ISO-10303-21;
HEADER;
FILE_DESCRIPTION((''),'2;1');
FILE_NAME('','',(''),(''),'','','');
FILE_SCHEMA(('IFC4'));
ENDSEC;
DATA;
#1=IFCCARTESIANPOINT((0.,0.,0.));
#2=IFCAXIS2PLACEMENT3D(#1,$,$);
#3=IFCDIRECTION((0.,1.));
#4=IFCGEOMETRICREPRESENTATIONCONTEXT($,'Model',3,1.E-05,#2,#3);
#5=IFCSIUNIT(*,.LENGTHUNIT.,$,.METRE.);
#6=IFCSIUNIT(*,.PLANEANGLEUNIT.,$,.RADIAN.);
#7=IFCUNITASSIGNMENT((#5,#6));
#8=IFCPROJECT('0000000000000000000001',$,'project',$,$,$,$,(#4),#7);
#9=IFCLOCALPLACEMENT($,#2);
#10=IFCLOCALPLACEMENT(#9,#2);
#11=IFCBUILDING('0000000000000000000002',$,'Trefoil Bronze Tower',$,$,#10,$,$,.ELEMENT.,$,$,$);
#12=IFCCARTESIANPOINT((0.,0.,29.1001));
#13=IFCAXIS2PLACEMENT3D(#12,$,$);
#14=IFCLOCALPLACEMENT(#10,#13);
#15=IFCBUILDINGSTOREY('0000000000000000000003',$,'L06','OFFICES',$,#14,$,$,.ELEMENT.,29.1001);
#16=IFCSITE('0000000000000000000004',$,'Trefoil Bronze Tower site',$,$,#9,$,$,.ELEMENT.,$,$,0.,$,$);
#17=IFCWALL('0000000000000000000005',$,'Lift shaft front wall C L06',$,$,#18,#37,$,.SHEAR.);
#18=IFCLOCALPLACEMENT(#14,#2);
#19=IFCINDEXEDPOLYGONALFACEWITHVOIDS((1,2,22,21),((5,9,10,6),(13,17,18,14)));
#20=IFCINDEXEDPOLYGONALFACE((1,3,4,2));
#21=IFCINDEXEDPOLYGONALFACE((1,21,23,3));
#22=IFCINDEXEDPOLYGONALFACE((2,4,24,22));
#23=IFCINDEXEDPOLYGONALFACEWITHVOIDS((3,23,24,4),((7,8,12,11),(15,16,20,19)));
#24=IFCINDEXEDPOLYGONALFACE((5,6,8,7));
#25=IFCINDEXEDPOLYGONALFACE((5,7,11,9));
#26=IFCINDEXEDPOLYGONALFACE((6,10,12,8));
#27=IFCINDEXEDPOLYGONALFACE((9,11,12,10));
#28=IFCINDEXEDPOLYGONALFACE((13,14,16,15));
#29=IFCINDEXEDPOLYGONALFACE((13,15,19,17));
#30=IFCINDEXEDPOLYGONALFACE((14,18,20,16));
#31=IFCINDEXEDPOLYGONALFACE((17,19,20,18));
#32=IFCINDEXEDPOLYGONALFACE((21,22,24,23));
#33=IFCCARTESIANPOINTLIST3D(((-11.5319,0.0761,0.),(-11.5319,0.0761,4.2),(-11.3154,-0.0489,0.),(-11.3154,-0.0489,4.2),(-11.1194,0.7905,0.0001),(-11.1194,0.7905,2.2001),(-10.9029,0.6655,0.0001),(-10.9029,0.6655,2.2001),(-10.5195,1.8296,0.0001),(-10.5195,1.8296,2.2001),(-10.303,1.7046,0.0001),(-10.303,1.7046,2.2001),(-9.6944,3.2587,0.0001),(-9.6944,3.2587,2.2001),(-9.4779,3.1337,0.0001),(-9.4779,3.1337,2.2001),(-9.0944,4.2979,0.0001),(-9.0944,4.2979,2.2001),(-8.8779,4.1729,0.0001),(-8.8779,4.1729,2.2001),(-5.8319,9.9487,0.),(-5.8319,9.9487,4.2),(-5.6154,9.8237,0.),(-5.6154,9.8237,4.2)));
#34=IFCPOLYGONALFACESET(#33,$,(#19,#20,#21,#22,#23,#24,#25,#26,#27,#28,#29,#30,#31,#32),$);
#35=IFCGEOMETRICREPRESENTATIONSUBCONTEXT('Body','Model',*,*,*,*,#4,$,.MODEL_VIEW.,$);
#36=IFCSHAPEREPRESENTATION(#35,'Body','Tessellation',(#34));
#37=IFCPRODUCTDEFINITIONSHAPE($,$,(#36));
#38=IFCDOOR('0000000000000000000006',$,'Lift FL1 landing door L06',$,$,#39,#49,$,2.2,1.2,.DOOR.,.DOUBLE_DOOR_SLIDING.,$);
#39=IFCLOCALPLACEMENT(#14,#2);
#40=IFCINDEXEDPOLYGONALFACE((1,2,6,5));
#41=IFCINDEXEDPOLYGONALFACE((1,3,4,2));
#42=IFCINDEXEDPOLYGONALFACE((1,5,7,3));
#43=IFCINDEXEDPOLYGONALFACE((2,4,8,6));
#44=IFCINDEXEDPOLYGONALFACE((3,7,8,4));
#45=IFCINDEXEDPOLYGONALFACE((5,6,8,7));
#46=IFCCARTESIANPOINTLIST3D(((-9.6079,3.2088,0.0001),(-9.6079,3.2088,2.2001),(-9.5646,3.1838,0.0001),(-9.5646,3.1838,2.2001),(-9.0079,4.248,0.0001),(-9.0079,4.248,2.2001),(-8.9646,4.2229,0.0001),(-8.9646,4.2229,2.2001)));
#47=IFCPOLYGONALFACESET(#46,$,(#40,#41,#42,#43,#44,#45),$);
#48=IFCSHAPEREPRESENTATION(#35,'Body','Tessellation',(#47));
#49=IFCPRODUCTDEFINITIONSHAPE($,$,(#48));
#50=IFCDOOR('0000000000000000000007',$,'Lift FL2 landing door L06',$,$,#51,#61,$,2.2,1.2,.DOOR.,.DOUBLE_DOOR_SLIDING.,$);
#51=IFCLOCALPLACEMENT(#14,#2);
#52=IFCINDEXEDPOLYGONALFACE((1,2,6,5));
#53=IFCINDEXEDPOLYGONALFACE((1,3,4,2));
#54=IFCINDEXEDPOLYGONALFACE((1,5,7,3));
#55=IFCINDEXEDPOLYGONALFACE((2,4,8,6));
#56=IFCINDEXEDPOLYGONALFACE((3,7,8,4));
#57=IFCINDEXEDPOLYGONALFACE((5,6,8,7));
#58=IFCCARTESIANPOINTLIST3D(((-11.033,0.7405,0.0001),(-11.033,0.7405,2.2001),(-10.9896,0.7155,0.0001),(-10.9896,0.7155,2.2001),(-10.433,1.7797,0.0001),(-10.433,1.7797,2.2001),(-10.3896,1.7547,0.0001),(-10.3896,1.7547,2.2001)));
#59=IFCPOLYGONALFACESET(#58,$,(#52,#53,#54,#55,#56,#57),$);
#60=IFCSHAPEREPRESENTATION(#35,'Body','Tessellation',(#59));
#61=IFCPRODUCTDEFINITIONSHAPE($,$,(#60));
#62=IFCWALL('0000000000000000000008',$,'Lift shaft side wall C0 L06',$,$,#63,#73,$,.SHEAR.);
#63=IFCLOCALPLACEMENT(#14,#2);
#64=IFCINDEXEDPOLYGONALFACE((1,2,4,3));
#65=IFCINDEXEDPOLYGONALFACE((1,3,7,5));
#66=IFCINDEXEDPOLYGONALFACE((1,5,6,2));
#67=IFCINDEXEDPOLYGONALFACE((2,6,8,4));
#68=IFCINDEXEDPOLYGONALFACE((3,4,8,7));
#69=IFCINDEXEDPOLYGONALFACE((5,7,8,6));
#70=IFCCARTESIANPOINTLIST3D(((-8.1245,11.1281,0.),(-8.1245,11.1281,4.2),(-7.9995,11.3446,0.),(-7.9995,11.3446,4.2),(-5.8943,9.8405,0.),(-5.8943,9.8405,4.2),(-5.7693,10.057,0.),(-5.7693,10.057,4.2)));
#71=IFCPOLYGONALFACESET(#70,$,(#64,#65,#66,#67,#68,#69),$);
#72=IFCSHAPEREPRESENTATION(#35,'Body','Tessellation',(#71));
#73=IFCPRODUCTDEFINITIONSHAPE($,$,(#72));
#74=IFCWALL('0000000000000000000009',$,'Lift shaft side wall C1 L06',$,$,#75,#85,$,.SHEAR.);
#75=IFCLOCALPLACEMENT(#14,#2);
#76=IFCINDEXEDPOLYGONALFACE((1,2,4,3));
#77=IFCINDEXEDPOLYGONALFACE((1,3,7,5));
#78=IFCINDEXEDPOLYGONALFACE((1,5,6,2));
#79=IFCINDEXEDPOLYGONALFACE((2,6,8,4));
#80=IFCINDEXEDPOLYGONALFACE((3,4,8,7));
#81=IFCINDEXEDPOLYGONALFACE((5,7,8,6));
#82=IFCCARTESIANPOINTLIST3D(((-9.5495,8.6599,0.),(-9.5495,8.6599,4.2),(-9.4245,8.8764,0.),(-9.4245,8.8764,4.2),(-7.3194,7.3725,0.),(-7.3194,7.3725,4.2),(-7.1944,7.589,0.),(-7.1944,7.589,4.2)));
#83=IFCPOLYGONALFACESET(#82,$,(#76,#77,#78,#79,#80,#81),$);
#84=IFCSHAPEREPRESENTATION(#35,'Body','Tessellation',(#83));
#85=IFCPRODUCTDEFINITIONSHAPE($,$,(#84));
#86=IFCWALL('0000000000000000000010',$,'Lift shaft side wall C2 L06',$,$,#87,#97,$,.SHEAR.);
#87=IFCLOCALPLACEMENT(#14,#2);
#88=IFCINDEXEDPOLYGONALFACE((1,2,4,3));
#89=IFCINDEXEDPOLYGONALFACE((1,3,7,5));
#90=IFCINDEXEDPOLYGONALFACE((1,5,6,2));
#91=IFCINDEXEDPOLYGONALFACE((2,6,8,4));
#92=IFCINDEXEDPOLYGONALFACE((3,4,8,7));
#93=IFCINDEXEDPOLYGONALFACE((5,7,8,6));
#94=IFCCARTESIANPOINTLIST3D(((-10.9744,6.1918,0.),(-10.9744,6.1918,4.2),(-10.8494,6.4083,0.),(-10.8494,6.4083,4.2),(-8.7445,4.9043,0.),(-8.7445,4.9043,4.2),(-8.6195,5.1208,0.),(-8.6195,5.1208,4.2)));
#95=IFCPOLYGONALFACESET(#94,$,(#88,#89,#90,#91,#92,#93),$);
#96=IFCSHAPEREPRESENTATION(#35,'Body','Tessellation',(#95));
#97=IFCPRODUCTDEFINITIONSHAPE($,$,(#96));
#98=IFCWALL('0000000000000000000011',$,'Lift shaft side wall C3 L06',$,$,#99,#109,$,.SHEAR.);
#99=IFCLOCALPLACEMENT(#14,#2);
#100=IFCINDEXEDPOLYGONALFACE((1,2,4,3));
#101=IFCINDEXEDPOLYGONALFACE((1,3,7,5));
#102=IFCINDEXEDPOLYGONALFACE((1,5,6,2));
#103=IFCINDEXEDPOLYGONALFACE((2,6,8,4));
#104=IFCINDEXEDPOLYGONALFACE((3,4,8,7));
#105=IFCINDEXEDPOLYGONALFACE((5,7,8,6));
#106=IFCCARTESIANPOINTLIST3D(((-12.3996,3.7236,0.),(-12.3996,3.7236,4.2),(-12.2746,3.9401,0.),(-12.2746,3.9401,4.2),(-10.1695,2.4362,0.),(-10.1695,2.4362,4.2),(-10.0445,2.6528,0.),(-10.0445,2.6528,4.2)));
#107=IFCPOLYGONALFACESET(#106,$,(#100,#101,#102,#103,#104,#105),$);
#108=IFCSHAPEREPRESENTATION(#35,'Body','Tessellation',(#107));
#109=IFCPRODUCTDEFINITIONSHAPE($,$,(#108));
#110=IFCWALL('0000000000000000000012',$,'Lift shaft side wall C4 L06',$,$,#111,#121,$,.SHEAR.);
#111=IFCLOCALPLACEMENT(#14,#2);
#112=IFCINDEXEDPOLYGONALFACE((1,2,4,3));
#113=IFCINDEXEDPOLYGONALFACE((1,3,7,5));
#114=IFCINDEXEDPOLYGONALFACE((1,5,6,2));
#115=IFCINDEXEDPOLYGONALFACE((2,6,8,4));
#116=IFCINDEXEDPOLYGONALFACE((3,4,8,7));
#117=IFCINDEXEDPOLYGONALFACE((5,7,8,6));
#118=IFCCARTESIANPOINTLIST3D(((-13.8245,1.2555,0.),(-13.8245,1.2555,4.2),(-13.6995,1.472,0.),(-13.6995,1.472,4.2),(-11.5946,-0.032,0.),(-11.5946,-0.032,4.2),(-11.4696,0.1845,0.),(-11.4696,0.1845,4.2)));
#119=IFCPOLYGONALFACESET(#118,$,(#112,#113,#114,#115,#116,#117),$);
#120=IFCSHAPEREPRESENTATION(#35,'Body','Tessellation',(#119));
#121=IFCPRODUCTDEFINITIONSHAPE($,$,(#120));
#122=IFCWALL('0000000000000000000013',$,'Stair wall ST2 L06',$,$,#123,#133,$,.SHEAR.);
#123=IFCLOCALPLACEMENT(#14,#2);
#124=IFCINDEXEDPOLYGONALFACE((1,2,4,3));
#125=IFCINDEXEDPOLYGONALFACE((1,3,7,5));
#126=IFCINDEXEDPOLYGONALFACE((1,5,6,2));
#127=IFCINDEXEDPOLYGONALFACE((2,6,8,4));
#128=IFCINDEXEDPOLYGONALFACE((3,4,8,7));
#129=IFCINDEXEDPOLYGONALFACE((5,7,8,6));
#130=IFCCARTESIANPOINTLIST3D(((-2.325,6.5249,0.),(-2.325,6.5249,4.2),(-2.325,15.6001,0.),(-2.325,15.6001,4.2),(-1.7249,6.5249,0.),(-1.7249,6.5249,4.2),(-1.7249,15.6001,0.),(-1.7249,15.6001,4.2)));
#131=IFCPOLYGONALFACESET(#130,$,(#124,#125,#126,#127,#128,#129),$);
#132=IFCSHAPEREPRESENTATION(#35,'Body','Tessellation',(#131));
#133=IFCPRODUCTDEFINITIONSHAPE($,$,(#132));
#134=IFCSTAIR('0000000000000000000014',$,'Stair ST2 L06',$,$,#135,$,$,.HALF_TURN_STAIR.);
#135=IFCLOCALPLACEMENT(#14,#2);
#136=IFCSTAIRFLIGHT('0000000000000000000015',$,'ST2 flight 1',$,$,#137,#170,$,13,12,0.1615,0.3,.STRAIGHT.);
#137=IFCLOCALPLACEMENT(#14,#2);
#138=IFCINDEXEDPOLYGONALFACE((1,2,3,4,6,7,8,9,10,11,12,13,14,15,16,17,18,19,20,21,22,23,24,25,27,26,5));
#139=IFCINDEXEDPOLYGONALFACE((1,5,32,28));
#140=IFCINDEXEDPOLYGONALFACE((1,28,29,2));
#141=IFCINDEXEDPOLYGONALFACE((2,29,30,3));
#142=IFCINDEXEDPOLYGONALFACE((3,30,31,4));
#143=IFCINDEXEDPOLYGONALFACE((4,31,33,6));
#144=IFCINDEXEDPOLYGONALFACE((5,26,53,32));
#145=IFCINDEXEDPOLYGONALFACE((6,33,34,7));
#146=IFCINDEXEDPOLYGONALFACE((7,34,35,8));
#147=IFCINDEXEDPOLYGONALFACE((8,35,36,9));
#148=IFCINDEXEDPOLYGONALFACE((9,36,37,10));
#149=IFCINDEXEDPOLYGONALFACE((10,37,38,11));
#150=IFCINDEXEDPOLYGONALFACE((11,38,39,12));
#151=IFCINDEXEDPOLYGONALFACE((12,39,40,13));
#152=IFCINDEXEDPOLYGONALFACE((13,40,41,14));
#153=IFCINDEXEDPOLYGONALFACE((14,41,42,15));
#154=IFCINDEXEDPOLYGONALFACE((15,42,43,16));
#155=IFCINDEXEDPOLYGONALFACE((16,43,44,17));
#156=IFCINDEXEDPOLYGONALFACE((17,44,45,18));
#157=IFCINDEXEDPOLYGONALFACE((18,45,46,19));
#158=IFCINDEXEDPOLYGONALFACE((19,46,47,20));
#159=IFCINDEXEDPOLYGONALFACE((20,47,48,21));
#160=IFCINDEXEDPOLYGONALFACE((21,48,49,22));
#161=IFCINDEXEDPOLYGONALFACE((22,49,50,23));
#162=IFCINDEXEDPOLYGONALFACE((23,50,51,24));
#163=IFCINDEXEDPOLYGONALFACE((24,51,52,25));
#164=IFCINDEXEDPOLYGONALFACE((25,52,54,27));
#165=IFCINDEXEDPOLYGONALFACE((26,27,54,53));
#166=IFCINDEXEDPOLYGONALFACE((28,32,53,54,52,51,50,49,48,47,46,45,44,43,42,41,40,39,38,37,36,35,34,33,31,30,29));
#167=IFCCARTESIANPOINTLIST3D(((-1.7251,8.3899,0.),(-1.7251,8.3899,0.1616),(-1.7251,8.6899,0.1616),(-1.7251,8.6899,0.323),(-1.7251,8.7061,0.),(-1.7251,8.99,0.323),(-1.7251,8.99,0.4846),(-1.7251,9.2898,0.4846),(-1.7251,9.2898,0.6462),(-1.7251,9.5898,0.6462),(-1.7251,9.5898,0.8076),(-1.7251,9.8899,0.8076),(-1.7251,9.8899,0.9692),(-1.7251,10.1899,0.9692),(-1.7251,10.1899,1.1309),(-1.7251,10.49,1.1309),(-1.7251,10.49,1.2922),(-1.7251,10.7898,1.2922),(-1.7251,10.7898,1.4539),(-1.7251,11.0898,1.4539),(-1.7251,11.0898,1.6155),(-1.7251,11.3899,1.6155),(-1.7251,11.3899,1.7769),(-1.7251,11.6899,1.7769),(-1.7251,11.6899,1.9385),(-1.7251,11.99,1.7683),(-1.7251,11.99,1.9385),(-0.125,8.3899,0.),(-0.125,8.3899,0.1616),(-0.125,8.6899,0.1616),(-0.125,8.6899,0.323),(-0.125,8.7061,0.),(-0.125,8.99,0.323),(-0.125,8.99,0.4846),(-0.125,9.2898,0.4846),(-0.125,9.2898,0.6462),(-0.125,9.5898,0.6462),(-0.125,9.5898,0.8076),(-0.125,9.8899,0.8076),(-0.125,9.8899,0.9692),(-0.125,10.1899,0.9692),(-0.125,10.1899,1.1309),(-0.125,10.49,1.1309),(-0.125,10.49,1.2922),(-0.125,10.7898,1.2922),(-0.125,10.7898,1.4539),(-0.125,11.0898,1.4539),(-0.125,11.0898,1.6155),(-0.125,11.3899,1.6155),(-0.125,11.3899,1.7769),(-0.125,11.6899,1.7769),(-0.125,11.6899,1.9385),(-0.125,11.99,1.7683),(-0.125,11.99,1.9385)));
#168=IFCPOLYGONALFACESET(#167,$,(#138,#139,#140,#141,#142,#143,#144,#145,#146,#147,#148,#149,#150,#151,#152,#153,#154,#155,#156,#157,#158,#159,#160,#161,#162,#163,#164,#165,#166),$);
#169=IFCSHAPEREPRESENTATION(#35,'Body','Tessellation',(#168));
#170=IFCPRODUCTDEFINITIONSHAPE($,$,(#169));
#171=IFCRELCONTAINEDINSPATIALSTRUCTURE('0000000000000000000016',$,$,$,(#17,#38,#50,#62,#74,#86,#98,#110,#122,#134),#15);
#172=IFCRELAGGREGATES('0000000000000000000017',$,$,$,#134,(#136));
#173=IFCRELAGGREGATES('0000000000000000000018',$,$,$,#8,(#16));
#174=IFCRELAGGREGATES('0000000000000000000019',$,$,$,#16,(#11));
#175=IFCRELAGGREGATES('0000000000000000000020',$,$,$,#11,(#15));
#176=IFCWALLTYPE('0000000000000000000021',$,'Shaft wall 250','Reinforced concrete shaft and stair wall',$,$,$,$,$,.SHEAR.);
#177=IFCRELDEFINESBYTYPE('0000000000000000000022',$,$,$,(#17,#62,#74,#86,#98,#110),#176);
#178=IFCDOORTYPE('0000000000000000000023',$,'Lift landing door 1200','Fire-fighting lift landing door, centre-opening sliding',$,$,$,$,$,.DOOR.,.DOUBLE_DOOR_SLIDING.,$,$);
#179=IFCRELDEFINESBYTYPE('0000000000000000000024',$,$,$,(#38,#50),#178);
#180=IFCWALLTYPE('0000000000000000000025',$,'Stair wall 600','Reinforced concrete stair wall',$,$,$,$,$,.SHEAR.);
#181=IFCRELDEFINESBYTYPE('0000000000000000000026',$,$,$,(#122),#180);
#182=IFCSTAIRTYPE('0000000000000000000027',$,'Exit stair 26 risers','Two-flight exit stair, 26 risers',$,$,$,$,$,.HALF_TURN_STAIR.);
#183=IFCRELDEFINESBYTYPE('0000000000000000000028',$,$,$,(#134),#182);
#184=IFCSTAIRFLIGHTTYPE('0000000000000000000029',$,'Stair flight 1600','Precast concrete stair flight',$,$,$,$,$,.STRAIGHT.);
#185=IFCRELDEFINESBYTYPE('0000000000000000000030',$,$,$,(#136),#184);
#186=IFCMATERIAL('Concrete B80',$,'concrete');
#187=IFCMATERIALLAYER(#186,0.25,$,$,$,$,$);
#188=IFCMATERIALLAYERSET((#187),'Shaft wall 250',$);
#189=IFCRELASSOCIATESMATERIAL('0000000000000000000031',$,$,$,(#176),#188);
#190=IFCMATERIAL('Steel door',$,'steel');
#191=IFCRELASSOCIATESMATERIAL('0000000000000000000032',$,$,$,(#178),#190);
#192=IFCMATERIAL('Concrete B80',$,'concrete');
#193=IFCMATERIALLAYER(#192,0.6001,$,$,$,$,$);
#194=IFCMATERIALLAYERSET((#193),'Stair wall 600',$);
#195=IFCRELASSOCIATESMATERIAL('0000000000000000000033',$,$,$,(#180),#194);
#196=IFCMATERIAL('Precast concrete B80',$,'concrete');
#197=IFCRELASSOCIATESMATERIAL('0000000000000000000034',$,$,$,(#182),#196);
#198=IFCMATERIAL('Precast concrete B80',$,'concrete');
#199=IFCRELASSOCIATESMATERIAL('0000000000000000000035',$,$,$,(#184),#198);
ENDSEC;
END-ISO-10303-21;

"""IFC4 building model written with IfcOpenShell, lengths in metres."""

from ifc_helpers import new_model, si_unit, direction, frame, frame_2d, origin, place, context, subcontext, project, spatial, polyline, rectangle, outline, extrude, material, layer, layer_set, type_object, element, fill, aggregate, save


model = new_model("IFC4")

# Units and contexts
model_context = context("Model", 3, precision=1e-05, world=origin(), true_north=direction((0.0, 1.0)))
body_context = subcontext(model_context, "Body", "Model", "MODEL_VIEW")
ifc_project = project(units=[si_unit("LENGTHUNIT", "METRE"), si_unit("PLANEANGLEUNIT", "RADIAN")], contexts=[model_context])

# Site, building, storey
site_placement = place(None, origin())
site = spatial("IfcSite", under=ifc_project, at=site_placement, Name="Trefoil Bronze Tower site", CompositionType="ELEMENT", RefElevation=0.0)
building_placement = place(site_placement, origin())
building = spatial("IfcBuilding", under=site, at=building_placement, Name="Trefoil Bronze Tower", CompositionType="ELEMENT")
storey_placement = place(building_placement, frame((0.0, 0.0, 29.1001)))
storey = spatial("IfcBuildingStorey", under=building, at=storey_placement, Name="L06", Description="OFFICES", CompositionType="ELEMENT", Elevation=29.1001)

# Wall, openings, doors
ifc_material_1 = material(Name="Concrete B80", Category="concrete")
ifc_layer_1 = layer(ifc_material_1, 0.25)
ifc_layer_set_1 = layer_set([ifc_layer_1], Name="Shaft wall 250")
wall_type_1 = type_object("IfcWallType", Name="Shaft wall 250", Description="Reinforced concrete shaft and stair wall", PredefinedType="SHEAR", material=ifc_layer_set_1)
wall_1_placement = place(storey_placement, frame((-5.7236, 9.8862, 0.0), z_axis=(0.0, 0.0, 1.0), x_axis=(-0.500002, -0.866024, 0.0)))
wall_1 = element("IfcWall", 1, at=wall_1_placement, inside=storey, type_object=wall_type_1, Name="Lift shaft front wall C L06", PredefinedType="SHEAR", context=body_context, shape_type="SweptSolid", body=[
    extrude(rectangle(XDim=11.3999, YDim=0.25, at=frame_2d((5.7, 0.0))), origin(), (0.0, 0.0, 1.0), 4.2),
])
opening_1_placement = place(wall_1_placement, frame((6.5249, 0.0, 0.0)))
opening_1 = element("IfcOpeningElement", 2, at=opening_1_placement, cuts=wall_1, PredefinedType="OPENING", context=body_context, shape_type="SweptSolid", body=[
    extrude(rectangle(XDim=1.2, YDim=2.2, at=frame_2d((0.6001, 1.1001))), frame((0.0, 0.135, 0.0), z_axis=(0.0, -1.0, 0.0), x_axis=(1.0, 0.0, 0.0)), (0.0, 0.0, 1.0), 0.27),
])
opening_2_placement = place(wall_1_placement, frame((9.375, 0.0, 0.0)))
opening_2 = element("IfcOpeningElement", 3, at=opening_2_placement, cuts=wall_1, PredefinedType="OPENING", context=body_context, shape_type="SweptSolid", body=[
    extrude(rectangle(XDim=1.2, YDim=2.2, at=frame_2d((0.6001, 1.1001))), frame((0.0, 0.135, 0.0), z_axis=(0.0, -1.0, 0.0), x_axis=(1.0, 0.0, 0.0)), (0.0, 0.0, 1.0), 0.27),
])
ifc_material_2 = material(Name="Steel door", Category="steel")
door_type_1 = type_object("IfcDoorType", Name="Lift landing door 1200", Description="Fire-fighting lift landing door, centre-opening sliding", OperationType="DOUBLE_DOOR_SLIDING", PredefinedType="DOOR", material=ifc_material_2)
door_1_placement = place(opening_1_placement, origin())
door_1 = element("IfcDoor", 4, at=door_1_placement, inside=storey, type_object=door_type_1, Name="Lift FL1 landing door L06", OperationType="DOUBLE_DOOR_SLIDING", OverallHeight=2.2, OverallWidth=1.2, PredefinedType="DOOR", context=body_context, shape_type="SweptSolid", body=[
    extrude(rectangle(XDim=1.2, YDim=2.2, at=frame_2d((0.6001, 1.1001))), frame((0.0, 0.0249, 0.0), z_axis=(0.0, -1.0, 0.0), x_axis=(1.0, 0.0, 0.0)), (0.0, 0.0, 1.0), 0.05),
])
fill(opening_1, door_1)
door_2_placement = place(opening_2_placement, origin())
door_2 = element("IfcDoor", 5, at=door_2_placement, inside=storey, type_object=door_type_1, Name="Lift FL2 landing door L06", OperationType="DOUBLE_DOOR_SLIDING", OverallHeight=2.2, OverallWidth=1.2, PredefinedType="DOOR", context=body_context, shape_type="SweptSolid", body=[
    extrude(rectangle(XDim=1.2, YDim=2.2, at=frame_2d((0.6001, 1.1001))), frame((0.0, 0.0249, 0.0), z_axis=(0.0, -1.0, 0.0), x_axis=(1.0, 0.0, 0.0)), (0.0, 0.0, 1.0), 0.05),
])
fill(opening_2, door_2)

# Walls
wall_2_placement = place(storey_placement, frame((-5.8318, 9.9487, 0.0), z_axis=(0.0, 0.0, 1.0), x_axis=(-0.866029, 0.499993, 0.0)))
element("IfcWall", 6, at=wall_2_placement, inside=storey, type_object=wall_type_1, Name="Lift shaft side wall C0 L06", PredefinedType="SHEAR", context=body_context, shape_type="SweptSolid", body=[
    extrude(rectangle(XDim=2.5752, YDim=0.25, at=frame_2d((1.2876, 0.0))), origin(), (0.0, 0.0, 1.0), 4.2),
])
for number, where, z_axis, x_axis, name in (
    (7, (-7.2568, 7.4807, 0.0), (0.0, 0.0, 1.0), (-0.866047, 0.499963, 0.0), "Lift shaft side wall C1 L06"),
    (8, (-8.6819, 5.0125, 0.0), (0.0, 0.0, 1.0), (-0.866006, 0.500034, 0.0), "Lift shaft side wall C2 L06"),
    (9, (-10.1069, 2.5444, 0.0), (0.0, 0.0, 1.0), (-0.866047, 0.499963, 0.0), "Lift shaft side wall C3 L06"),
    (10, (-11.532, 0.0762, 0.0), (0.0, 0.0, 1.0), (-0.866006, 0.500034, 0.0), "Lift shaft side wall C4 L06"),
):
    element("IfcWall", number, at=place(storey_placement, frame(where, z_axis=z_axis, x_axis=x_axis)), inside=storey, type_object=wall_type_1, Name=name, PredefinedType="SHEAR", context=body_context, shape_type="SweptSolid", body=[
        extrude(rectangle(XDim=2.575, YDim=0.25, at=frame_2d((1.2876, 0.0))), origin(), (0.0, 0.0, 1.0), 4.2),
    ])
ifc_material_3 = material(Name="Concrete B80", Category="concrete")
ifc_layer_2 = layer(ifc_material_3, 0.6001)
ifc_layer_set_2 = layer_set([ifc_layer_2], Name="Stair wall 600")
wall_type_2 = type_object("IfcWallType", Name="Stair wall 600", Description="Reinforced concrete stair wall", PredefinedType="SHEAR", material=ifc_layer_set_2)
wall_3_placement = place(storey_placement, frame((-2.0249, 6.5249, 0.0), z_axis=(0.0, 0.0, 1.0), x_axis=(0.0, 1.0, 0.0)))
element("IfcWall", 11, at=wall_3_placement, inside=storey, type_object=wall_type_2, Name="Stair wall ST2 L06", PredefinedType="SHEAR", context=body_context, shape_type="SweptSolid", body=[
    extrude(rectangle(XDim=9.0752, YDim=0.6001, at=frame_2d((4.5376, 0.0))), origin(), (0.0, 0.0, 1.0), 4.2),
])

# Stair, stair flight
ifc_material_4 = material(Name="Precast concrete B80", Category="concrete")
stair_type = type_object("IfcStairType", Name="Exit stair 26 risers", Description="Two-flight exit stair, 26 risers", PredefinedType="HALF_TURN_STAIR", material=ifc_material_4)
stair_placement = place(storey_placement, origin())
stair = element("IfcStair", 12, at=stair_placement, inside=storey, type_object=stair_type, Name="Stair ST2 L06", PredefinedType="HALF_TURN_STAIR")
ifc_material_5 = material(Name="Precast concrete B80", Category="concrete")
stair_flight_type = type_object("IfcStairFlightType", Name="Stair flight 1600", Description="Precast concrete stair flight", PredefinedType="STRAIGHT", material=ifc_material_5)
stair_flight_placement = place(storey_placement, frame((-0.925, 8.3899, 0.0), z_axis=(0.0, 0.0, 1.0), x_axis=(0.0, 1.0, 0.0)))
stair_flight = element("IfcStairFlight", 13, at=stair_flight_placement, type_object=stair_flight_type, Name="ST2 flight 1", NumberOfRisers=13, NumberOfTreads=12, PredefinedType="STRAIGHT", RiserHeight=0.1615, TreadLength=0.3, context=body_context, shape_type="SweptSolid", body=[
    extrude(outline(polyline([(0.0, 0.0), (0.0, 0.1616), (0.3, 0.1616), (0.3, 0.323), (0.6001, 0.323), (0.6001, 0.4846), (0.8999, 0.4846), (0.8999, 0.6462), (1.2, 0.6462), (1.2, 0.8076), (1.5, 0.8076), (1.5, 0.9692), (1.8, 0.9692), (1.8, 1.1309), (2.1001, 1.1309), (2.1001, 1.2922), (2.3999, 1.2922), (2.3999, 1.4539), (2.7, 1.4539), (2.7, 1.6155), (3.0, 1.6155), (3.0, 1.7769), (3.3, 1.7769), (3.3, 1.9385), (3.6001, 1.9385), (3.6001, 2.1001), (3.6001, 1.7683), (0.3162, 0.0), (0.0, 0.0)])), frame((0.0, 0.8, 0.0), z_axis=(0.0, -1.0, 0.0), x_axis=(1.0, 0.0, 0.0)), (0.0, 0.0, 1.0), 1.6001),
])
aggregate(stair, [stair_flight])

save(model, "model.ifc")
